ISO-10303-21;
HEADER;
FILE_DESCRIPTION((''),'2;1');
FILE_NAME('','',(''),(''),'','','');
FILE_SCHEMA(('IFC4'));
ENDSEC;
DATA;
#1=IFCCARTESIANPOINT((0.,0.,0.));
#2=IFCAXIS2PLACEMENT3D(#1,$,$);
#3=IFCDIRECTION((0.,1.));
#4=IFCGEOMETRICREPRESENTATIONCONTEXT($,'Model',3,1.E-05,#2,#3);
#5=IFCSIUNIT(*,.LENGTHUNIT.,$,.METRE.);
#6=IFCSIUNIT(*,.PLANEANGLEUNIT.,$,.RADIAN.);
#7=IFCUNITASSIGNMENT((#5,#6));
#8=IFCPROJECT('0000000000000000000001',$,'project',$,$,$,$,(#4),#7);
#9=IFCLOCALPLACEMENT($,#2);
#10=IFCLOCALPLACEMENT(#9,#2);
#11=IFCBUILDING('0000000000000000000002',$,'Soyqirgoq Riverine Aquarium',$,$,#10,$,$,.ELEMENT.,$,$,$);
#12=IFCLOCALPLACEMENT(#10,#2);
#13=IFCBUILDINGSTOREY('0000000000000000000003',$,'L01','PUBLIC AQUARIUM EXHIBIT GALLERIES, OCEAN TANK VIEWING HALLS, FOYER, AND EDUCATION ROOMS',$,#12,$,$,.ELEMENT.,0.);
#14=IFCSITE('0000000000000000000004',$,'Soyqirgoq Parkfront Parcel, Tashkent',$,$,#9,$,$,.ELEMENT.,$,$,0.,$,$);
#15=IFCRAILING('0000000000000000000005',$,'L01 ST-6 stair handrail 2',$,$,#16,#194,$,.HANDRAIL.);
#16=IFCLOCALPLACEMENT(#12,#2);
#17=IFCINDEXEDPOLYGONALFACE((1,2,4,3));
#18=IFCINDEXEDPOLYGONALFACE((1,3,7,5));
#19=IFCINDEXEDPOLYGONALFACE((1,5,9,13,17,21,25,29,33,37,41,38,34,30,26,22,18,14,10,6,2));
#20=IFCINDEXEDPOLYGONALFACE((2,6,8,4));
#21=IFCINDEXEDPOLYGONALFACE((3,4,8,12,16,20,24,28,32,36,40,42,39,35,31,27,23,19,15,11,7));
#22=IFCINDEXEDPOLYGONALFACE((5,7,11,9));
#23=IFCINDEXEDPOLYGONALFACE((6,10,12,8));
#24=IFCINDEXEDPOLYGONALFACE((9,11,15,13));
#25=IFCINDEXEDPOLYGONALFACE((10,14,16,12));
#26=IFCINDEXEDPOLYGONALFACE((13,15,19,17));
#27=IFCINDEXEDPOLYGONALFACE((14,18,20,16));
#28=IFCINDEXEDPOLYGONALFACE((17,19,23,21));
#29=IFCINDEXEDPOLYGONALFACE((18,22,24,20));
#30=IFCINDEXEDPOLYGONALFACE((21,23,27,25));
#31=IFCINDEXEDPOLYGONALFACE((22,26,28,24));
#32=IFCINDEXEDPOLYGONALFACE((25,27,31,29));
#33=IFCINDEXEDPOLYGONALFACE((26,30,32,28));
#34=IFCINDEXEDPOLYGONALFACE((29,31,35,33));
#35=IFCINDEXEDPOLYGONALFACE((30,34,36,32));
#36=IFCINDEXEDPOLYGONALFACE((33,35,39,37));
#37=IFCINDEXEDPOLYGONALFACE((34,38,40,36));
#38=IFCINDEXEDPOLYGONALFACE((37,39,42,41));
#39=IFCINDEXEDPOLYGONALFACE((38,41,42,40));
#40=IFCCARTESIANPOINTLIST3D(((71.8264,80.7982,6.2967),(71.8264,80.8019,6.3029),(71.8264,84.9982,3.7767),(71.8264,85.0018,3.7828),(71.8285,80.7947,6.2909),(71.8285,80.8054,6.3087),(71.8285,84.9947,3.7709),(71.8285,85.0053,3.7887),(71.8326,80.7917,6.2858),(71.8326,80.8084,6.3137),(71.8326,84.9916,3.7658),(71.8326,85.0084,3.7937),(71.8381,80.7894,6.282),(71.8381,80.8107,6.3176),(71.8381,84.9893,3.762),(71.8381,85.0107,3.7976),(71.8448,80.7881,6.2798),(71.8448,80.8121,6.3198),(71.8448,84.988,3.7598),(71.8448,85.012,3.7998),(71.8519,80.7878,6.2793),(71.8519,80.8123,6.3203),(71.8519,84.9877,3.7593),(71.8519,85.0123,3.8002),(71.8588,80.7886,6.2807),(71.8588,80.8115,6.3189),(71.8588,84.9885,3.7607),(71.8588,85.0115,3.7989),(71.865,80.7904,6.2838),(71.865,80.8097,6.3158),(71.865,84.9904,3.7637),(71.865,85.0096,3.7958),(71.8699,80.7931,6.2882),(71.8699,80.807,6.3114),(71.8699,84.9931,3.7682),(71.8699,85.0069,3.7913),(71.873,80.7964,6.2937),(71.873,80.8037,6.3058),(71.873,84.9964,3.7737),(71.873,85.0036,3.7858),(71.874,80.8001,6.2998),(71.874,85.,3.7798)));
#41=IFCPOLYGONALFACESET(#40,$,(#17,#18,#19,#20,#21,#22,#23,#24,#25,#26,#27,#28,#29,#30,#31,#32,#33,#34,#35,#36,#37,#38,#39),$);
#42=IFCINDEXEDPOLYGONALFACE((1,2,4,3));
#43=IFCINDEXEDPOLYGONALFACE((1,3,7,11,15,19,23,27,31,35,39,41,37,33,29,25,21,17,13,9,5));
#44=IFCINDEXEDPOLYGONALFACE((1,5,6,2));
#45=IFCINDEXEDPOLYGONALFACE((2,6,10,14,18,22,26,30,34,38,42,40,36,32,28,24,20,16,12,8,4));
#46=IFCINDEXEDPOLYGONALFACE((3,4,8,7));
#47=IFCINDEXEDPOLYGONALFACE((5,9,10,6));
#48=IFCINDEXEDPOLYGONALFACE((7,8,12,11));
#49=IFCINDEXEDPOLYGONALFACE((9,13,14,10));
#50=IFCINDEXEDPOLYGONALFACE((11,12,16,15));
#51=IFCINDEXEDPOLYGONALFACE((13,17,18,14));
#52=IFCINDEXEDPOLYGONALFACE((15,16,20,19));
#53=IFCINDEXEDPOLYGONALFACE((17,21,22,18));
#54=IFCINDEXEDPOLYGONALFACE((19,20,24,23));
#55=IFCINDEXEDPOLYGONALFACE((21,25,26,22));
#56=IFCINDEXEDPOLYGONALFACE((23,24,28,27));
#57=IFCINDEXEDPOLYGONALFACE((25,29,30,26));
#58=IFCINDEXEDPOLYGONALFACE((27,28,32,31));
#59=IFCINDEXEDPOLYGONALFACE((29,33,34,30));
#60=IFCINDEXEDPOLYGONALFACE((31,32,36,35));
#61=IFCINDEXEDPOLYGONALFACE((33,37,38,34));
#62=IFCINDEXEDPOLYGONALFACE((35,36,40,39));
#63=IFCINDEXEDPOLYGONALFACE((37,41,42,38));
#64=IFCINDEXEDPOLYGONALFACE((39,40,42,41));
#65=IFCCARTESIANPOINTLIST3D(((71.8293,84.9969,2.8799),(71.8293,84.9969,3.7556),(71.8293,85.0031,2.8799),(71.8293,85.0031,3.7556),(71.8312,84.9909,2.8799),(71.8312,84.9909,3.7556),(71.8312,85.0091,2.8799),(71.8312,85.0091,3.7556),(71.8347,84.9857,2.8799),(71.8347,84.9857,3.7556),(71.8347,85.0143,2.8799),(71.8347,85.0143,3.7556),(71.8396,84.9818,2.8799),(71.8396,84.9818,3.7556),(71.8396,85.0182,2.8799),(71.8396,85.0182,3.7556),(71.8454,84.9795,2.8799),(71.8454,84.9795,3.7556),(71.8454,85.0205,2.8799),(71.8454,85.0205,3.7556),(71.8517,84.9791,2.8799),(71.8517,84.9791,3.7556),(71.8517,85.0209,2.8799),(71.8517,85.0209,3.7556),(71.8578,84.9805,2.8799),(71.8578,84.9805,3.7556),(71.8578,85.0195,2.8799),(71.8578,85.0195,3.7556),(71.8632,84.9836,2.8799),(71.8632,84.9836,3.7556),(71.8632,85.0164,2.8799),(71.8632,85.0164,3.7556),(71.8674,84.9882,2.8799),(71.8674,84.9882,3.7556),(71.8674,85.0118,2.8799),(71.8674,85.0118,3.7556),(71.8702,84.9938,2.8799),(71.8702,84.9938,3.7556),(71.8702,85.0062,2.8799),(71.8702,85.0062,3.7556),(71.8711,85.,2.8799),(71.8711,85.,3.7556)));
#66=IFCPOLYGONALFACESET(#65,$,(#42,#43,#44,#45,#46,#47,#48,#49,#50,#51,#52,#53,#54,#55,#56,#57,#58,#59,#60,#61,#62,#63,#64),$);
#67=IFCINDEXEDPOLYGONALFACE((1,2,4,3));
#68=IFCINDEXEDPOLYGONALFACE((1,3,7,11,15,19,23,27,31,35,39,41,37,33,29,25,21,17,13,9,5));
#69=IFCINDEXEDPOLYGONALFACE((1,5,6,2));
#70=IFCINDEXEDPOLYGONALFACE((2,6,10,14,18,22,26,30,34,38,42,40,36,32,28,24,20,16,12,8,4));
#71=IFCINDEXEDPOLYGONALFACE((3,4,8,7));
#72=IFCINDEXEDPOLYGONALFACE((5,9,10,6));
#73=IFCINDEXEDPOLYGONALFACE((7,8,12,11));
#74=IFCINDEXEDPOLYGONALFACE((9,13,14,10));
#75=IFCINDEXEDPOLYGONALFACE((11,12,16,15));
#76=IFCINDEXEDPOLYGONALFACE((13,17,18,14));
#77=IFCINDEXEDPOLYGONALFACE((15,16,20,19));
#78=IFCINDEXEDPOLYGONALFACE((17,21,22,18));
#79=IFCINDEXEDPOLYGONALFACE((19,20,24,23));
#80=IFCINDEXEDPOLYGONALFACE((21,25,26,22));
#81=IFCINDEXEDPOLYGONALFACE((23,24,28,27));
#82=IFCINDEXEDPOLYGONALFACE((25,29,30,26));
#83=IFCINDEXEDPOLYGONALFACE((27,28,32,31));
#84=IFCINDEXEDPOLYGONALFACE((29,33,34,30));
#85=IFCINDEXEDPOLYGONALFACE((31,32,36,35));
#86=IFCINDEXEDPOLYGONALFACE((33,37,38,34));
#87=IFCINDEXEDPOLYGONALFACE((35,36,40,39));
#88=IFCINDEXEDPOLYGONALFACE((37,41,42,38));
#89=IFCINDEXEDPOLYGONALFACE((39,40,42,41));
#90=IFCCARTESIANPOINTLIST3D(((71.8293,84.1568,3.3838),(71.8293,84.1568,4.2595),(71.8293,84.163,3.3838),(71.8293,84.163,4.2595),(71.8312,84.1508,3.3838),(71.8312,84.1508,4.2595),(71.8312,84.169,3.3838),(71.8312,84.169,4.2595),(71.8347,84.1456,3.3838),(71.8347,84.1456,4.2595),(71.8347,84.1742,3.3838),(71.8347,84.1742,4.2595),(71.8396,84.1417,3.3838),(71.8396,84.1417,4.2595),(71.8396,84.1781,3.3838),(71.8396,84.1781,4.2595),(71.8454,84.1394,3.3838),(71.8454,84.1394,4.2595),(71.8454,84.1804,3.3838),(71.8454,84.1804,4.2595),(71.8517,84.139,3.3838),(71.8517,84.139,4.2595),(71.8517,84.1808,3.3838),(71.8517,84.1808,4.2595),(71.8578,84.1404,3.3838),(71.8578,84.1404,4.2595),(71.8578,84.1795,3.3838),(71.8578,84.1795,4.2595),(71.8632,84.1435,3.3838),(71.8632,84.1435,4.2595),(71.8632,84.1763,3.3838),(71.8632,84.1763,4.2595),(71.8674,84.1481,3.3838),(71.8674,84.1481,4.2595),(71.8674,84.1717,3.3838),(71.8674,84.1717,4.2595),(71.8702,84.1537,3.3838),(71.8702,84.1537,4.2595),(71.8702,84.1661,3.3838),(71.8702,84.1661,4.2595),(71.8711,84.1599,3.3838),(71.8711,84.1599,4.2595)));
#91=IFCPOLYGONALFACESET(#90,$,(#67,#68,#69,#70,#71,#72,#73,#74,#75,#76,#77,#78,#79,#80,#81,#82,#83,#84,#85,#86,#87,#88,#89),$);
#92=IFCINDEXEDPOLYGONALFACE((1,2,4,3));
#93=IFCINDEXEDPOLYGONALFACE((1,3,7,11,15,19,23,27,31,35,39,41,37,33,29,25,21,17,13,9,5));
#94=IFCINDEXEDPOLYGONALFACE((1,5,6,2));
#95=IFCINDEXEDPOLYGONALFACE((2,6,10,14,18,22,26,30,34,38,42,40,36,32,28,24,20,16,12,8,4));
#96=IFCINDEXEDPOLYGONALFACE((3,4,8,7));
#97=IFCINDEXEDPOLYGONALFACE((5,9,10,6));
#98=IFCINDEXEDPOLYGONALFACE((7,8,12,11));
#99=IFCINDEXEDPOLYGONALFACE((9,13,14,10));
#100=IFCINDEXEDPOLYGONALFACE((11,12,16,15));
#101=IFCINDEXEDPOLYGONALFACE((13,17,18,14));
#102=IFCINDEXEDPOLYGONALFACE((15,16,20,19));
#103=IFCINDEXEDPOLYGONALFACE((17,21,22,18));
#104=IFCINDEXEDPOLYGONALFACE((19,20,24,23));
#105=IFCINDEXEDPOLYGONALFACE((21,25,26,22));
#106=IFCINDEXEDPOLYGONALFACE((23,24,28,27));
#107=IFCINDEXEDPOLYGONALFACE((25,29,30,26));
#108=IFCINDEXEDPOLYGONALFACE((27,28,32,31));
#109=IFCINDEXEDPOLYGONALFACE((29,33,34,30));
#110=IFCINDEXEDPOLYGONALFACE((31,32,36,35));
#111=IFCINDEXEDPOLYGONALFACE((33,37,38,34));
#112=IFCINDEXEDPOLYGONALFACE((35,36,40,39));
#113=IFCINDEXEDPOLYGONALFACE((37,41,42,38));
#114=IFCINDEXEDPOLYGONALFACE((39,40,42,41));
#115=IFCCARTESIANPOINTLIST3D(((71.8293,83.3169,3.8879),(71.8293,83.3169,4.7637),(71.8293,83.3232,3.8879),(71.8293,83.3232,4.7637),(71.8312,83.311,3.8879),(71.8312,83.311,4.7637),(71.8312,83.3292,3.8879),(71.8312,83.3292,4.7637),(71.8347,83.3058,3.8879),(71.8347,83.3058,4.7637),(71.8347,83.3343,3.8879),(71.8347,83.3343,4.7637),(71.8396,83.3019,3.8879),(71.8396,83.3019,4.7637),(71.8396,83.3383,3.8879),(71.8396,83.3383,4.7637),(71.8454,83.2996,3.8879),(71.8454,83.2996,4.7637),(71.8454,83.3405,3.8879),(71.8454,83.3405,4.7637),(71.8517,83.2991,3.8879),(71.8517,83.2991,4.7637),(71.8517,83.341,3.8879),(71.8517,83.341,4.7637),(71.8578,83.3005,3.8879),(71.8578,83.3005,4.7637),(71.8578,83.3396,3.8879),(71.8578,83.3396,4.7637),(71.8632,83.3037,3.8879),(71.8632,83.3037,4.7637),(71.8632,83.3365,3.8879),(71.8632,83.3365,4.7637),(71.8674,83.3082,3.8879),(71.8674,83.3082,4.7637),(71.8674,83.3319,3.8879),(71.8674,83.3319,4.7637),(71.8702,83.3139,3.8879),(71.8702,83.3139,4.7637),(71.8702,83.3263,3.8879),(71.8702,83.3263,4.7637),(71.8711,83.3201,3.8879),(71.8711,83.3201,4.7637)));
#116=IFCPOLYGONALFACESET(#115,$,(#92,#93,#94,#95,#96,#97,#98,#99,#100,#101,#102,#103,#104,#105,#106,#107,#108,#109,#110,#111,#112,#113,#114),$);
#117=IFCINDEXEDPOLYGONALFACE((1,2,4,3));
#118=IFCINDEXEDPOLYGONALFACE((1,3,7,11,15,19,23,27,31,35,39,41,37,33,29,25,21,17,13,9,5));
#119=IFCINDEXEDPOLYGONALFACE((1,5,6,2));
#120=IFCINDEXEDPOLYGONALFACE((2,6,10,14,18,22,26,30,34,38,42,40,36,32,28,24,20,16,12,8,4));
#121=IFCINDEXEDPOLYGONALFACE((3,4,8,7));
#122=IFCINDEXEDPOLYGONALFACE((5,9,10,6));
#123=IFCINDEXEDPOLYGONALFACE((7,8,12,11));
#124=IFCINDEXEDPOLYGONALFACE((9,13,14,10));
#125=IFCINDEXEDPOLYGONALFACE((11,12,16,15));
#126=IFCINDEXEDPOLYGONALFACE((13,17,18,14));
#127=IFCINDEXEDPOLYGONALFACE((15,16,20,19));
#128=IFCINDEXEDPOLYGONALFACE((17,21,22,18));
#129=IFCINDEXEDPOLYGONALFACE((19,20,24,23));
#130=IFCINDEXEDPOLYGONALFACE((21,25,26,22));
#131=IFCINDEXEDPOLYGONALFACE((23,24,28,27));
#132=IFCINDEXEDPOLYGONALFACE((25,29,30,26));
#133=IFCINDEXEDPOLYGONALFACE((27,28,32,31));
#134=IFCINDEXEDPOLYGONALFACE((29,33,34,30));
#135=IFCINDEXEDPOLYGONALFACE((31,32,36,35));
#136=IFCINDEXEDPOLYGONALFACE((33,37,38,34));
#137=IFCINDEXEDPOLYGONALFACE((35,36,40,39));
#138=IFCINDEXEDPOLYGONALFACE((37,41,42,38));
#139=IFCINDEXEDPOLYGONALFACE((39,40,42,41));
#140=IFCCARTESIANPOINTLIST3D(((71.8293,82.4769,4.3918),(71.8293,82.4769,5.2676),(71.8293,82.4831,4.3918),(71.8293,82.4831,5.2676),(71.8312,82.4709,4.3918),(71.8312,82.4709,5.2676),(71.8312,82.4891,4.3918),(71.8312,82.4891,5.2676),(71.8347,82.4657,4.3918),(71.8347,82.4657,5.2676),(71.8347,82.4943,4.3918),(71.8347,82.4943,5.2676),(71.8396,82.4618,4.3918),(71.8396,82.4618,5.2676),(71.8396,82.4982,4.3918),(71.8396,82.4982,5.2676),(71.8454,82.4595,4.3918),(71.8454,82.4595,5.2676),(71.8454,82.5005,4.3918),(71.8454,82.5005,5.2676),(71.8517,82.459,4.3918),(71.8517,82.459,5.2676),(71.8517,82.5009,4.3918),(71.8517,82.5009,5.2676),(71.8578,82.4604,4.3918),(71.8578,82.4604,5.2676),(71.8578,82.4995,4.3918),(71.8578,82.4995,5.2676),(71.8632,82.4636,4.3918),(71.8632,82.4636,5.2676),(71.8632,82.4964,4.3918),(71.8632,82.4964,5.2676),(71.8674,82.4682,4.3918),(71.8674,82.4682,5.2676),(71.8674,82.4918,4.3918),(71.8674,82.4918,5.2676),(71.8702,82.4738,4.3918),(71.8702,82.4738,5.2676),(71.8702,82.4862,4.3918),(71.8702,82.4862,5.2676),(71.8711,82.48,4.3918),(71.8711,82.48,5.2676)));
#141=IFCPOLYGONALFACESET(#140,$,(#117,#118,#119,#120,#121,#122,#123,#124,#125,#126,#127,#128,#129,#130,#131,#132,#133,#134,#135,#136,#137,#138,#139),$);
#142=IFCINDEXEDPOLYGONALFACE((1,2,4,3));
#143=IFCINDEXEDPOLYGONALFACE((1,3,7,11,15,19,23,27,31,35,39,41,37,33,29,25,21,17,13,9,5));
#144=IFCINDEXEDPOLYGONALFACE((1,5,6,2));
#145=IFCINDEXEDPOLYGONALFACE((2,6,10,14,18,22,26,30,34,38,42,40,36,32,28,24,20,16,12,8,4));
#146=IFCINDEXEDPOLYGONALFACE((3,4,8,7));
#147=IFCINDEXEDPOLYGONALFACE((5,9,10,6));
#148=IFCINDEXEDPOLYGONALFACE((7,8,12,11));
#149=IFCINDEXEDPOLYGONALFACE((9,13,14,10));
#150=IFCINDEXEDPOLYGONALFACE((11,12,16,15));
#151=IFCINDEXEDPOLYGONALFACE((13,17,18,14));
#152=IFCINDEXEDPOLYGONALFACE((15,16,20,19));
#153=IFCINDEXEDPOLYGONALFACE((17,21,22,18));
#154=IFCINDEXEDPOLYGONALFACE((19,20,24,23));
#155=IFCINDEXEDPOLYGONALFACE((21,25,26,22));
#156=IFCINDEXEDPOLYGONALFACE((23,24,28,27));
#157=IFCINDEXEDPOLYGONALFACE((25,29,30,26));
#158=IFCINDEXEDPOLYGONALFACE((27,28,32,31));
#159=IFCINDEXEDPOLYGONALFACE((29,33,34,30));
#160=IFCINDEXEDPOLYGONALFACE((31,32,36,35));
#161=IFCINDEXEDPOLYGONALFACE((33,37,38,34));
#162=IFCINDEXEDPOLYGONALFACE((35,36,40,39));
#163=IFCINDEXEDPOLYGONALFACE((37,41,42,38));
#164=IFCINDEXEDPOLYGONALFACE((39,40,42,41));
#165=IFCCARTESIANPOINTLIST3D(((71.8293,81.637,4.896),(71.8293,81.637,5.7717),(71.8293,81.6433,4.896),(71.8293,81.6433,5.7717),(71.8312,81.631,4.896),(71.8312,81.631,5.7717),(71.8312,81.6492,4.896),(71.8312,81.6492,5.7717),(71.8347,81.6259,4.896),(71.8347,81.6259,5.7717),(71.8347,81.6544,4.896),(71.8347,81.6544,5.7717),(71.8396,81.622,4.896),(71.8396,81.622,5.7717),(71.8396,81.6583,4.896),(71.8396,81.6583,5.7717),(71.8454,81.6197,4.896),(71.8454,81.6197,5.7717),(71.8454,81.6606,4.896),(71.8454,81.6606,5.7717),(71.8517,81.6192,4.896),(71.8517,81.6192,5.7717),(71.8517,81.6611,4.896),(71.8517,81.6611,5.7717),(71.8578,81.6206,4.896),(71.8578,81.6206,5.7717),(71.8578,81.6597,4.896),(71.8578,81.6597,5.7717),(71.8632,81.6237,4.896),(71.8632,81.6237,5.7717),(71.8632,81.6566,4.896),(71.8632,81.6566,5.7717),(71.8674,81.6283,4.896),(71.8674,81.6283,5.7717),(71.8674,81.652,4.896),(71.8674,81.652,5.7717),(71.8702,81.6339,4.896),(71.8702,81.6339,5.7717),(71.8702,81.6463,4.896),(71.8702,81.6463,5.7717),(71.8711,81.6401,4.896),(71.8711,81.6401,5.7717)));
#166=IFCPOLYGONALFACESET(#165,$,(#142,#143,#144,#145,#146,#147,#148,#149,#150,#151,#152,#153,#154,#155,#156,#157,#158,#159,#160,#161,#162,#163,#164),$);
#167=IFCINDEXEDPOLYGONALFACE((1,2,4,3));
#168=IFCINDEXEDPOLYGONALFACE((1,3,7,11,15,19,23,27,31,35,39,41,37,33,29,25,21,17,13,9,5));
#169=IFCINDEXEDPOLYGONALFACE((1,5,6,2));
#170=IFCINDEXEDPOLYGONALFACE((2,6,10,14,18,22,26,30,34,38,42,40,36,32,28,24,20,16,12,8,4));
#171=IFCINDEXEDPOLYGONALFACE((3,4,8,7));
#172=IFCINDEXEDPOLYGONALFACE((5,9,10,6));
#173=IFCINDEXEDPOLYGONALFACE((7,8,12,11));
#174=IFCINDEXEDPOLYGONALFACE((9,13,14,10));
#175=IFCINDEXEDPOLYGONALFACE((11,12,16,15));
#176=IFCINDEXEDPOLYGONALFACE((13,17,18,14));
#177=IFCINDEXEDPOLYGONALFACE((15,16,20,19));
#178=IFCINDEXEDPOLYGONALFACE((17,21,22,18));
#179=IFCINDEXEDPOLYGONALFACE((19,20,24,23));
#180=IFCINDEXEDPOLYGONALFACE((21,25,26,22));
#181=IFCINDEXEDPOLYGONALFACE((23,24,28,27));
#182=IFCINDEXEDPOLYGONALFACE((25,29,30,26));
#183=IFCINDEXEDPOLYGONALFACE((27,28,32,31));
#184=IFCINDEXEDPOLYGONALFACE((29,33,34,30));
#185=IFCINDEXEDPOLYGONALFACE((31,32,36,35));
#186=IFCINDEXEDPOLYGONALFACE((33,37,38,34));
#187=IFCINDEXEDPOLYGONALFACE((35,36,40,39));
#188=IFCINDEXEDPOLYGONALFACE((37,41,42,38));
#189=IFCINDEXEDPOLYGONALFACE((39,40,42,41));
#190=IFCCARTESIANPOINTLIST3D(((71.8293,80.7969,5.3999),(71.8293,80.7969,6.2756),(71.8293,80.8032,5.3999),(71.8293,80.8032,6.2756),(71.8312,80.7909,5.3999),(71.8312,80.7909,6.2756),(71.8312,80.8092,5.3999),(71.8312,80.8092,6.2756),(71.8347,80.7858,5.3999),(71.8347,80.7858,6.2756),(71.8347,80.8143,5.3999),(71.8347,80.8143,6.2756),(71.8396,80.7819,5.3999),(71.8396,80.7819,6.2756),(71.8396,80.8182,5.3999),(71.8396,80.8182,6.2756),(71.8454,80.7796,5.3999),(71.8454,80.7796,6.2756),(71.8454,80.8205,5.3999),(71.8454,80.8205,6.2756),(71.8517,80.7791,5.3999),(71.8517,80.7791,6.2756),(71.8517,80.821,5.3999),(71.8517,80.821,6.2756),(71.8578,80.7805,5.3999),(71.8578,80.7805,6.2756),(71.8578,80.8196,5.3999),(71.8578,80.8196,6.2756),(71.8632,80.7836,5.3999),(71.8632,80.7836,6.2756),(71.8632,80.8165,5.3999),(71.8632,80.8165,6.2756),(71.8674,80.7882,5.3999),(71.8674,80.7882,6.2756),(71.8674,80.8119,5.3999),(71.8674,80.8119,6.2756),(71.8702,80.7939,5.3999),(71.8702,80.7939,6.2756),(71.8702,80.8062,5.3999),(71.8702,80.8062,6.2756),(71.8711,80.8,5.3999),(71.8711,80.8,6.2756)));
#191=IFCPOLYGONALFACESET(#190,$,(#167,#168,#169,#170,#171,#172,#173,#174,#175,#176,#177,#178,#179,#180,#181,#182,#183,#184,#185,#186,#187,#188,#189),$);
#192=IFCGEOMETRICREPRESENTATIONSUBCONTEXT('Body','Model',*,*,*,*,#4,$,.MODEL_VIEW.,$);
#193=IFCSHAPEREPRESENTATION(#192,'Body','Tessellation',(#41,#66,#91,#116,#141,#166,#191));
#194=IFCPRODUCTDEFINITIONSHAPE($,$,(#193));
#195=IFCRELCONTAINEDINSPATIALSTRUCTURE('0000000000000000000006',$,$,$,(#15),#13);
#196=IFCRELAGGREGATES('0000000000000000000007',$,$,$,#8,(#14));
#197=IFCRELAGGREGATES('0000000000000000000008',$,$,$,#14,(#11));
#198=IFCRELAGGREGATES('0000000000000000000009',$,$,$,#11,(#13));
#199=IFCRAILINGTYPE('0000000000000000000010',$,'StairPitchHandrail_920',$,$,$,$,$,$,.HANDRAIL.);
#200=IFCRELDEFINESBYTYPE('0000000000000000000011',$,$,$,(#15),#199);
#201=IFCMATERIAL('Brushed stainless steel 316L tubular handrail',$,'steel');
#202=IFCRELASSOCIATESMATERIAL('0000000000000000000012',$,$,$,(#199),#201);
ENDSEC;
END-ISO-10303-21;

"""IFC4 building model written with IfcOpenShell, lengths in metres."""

from ifc_helpers import new_model, si_unit, direction, frame, origin, origin_2d, place, context, subcontext, project, spatial, circle, extrude, material, type_object, element, save


model = new_model("IFC4")

# Units and contexts
model_context = context("Model", 3, precision=1e-05, world=origin(), true_north=direction((0.0, 1.0)))
body_context = subcontext(model_context, "Body", "Model", "MODEL_VIEW")
ifc_project = project(units=[si_unit("LENGTHUNIT", "METRE"), si_unit("PLANEANGLEUNIT", "RADIAN")], contexts=[model_context])

# Site, building, storey
site_placement = place(None, origin())
site = spatial("IfcSite", under=ifc_project, at=site_placement, Name="Soyqirgoq Parkfront Parcel, Tashkent", CompositionType="ELEMENT", RefElevation=0.0)
building_placement = place(site_placement, origin())
building = spatial("IfcBuilding", under=site, at=building_placement, Name="Soyqirgoq Riverine Aquarium", CompositionType="ELEMENT")
storey_placement = place(building_placement, origin())
storey = spatial("IfcBuildingStorey", under=building, at=storey_placement, Name="L01", Description="PUBLIC AQUARIUM EXHIBIT GALLERIES, OCEAN TANK VIEWING HALLS, FOYER, AND EDUCATION ROOMS", CompositionType="ELEMENT", Elevation=0.0)

# Railing
ifc_material_1 = material(Name="Brushed stainless steel 316L tubular handrail", Category="steel")
railing_type_1 = type_object("IfcRailingType", Name="StairPitchHandrail_920", PredefinedType="HANDRAIL", material=ifc_material_1)
railing_1_placement = place(storey_placement, frame((71.8501, 85.0, 2.8799)))
element("IfcRailing", 1, at=railing_1_placement, inside=storey, type_object=railing_type_1, Name="L01 ST-6 stair handrail 2", PredefinedType="HANDRAIL", context=body_context, shape_type="SweptSolid", body=[
    extrude(circle(Radius=0.0239, at=origin_2d()), frame((0.0, 0.0, 0.8999), z_axis=(0.0, -0.857489, 0.514503), x_axis=(1.0, 0.0, 0.0)), (0.0, 0.0, 1.0), 4.8979),
    extrude(circle(Radius=0.021, at=origin_2d()), origin(), (0.0, 0.0, 1.0), 0.8757),
    extrude(circle(Radius=0.021, at=origin_2d()), frame((0.0, -0.8401, 0.5039)), (0.0, 0.0, 1.0), 0.8757),
    extrude(circle(Radius=0.021, at=origin_2d()), frame((0.0, -1.6799, 1.0081)), (0.0, 0.0, 1.0), 0.8757),
    extrude(circle(Radius=0.021, at=origin_2d()), frame((0.0, -2.52, 1.512)), (0.0, 0.0, 1.0), 0.8757),
    extrude(circle(Radius=0.021, at=origin_2d()), frame((0.0, -3.3599, 2.0161)), (0.0, 0.0, 1.0), 0.8757),
    extrude(circle(Radius=0.021, at=origin_2d()), frame((0.0, -4.2, 2.52)), (0.0, 0.0, 1.0), 0.8757),
])

save(model, "model.ifc")
